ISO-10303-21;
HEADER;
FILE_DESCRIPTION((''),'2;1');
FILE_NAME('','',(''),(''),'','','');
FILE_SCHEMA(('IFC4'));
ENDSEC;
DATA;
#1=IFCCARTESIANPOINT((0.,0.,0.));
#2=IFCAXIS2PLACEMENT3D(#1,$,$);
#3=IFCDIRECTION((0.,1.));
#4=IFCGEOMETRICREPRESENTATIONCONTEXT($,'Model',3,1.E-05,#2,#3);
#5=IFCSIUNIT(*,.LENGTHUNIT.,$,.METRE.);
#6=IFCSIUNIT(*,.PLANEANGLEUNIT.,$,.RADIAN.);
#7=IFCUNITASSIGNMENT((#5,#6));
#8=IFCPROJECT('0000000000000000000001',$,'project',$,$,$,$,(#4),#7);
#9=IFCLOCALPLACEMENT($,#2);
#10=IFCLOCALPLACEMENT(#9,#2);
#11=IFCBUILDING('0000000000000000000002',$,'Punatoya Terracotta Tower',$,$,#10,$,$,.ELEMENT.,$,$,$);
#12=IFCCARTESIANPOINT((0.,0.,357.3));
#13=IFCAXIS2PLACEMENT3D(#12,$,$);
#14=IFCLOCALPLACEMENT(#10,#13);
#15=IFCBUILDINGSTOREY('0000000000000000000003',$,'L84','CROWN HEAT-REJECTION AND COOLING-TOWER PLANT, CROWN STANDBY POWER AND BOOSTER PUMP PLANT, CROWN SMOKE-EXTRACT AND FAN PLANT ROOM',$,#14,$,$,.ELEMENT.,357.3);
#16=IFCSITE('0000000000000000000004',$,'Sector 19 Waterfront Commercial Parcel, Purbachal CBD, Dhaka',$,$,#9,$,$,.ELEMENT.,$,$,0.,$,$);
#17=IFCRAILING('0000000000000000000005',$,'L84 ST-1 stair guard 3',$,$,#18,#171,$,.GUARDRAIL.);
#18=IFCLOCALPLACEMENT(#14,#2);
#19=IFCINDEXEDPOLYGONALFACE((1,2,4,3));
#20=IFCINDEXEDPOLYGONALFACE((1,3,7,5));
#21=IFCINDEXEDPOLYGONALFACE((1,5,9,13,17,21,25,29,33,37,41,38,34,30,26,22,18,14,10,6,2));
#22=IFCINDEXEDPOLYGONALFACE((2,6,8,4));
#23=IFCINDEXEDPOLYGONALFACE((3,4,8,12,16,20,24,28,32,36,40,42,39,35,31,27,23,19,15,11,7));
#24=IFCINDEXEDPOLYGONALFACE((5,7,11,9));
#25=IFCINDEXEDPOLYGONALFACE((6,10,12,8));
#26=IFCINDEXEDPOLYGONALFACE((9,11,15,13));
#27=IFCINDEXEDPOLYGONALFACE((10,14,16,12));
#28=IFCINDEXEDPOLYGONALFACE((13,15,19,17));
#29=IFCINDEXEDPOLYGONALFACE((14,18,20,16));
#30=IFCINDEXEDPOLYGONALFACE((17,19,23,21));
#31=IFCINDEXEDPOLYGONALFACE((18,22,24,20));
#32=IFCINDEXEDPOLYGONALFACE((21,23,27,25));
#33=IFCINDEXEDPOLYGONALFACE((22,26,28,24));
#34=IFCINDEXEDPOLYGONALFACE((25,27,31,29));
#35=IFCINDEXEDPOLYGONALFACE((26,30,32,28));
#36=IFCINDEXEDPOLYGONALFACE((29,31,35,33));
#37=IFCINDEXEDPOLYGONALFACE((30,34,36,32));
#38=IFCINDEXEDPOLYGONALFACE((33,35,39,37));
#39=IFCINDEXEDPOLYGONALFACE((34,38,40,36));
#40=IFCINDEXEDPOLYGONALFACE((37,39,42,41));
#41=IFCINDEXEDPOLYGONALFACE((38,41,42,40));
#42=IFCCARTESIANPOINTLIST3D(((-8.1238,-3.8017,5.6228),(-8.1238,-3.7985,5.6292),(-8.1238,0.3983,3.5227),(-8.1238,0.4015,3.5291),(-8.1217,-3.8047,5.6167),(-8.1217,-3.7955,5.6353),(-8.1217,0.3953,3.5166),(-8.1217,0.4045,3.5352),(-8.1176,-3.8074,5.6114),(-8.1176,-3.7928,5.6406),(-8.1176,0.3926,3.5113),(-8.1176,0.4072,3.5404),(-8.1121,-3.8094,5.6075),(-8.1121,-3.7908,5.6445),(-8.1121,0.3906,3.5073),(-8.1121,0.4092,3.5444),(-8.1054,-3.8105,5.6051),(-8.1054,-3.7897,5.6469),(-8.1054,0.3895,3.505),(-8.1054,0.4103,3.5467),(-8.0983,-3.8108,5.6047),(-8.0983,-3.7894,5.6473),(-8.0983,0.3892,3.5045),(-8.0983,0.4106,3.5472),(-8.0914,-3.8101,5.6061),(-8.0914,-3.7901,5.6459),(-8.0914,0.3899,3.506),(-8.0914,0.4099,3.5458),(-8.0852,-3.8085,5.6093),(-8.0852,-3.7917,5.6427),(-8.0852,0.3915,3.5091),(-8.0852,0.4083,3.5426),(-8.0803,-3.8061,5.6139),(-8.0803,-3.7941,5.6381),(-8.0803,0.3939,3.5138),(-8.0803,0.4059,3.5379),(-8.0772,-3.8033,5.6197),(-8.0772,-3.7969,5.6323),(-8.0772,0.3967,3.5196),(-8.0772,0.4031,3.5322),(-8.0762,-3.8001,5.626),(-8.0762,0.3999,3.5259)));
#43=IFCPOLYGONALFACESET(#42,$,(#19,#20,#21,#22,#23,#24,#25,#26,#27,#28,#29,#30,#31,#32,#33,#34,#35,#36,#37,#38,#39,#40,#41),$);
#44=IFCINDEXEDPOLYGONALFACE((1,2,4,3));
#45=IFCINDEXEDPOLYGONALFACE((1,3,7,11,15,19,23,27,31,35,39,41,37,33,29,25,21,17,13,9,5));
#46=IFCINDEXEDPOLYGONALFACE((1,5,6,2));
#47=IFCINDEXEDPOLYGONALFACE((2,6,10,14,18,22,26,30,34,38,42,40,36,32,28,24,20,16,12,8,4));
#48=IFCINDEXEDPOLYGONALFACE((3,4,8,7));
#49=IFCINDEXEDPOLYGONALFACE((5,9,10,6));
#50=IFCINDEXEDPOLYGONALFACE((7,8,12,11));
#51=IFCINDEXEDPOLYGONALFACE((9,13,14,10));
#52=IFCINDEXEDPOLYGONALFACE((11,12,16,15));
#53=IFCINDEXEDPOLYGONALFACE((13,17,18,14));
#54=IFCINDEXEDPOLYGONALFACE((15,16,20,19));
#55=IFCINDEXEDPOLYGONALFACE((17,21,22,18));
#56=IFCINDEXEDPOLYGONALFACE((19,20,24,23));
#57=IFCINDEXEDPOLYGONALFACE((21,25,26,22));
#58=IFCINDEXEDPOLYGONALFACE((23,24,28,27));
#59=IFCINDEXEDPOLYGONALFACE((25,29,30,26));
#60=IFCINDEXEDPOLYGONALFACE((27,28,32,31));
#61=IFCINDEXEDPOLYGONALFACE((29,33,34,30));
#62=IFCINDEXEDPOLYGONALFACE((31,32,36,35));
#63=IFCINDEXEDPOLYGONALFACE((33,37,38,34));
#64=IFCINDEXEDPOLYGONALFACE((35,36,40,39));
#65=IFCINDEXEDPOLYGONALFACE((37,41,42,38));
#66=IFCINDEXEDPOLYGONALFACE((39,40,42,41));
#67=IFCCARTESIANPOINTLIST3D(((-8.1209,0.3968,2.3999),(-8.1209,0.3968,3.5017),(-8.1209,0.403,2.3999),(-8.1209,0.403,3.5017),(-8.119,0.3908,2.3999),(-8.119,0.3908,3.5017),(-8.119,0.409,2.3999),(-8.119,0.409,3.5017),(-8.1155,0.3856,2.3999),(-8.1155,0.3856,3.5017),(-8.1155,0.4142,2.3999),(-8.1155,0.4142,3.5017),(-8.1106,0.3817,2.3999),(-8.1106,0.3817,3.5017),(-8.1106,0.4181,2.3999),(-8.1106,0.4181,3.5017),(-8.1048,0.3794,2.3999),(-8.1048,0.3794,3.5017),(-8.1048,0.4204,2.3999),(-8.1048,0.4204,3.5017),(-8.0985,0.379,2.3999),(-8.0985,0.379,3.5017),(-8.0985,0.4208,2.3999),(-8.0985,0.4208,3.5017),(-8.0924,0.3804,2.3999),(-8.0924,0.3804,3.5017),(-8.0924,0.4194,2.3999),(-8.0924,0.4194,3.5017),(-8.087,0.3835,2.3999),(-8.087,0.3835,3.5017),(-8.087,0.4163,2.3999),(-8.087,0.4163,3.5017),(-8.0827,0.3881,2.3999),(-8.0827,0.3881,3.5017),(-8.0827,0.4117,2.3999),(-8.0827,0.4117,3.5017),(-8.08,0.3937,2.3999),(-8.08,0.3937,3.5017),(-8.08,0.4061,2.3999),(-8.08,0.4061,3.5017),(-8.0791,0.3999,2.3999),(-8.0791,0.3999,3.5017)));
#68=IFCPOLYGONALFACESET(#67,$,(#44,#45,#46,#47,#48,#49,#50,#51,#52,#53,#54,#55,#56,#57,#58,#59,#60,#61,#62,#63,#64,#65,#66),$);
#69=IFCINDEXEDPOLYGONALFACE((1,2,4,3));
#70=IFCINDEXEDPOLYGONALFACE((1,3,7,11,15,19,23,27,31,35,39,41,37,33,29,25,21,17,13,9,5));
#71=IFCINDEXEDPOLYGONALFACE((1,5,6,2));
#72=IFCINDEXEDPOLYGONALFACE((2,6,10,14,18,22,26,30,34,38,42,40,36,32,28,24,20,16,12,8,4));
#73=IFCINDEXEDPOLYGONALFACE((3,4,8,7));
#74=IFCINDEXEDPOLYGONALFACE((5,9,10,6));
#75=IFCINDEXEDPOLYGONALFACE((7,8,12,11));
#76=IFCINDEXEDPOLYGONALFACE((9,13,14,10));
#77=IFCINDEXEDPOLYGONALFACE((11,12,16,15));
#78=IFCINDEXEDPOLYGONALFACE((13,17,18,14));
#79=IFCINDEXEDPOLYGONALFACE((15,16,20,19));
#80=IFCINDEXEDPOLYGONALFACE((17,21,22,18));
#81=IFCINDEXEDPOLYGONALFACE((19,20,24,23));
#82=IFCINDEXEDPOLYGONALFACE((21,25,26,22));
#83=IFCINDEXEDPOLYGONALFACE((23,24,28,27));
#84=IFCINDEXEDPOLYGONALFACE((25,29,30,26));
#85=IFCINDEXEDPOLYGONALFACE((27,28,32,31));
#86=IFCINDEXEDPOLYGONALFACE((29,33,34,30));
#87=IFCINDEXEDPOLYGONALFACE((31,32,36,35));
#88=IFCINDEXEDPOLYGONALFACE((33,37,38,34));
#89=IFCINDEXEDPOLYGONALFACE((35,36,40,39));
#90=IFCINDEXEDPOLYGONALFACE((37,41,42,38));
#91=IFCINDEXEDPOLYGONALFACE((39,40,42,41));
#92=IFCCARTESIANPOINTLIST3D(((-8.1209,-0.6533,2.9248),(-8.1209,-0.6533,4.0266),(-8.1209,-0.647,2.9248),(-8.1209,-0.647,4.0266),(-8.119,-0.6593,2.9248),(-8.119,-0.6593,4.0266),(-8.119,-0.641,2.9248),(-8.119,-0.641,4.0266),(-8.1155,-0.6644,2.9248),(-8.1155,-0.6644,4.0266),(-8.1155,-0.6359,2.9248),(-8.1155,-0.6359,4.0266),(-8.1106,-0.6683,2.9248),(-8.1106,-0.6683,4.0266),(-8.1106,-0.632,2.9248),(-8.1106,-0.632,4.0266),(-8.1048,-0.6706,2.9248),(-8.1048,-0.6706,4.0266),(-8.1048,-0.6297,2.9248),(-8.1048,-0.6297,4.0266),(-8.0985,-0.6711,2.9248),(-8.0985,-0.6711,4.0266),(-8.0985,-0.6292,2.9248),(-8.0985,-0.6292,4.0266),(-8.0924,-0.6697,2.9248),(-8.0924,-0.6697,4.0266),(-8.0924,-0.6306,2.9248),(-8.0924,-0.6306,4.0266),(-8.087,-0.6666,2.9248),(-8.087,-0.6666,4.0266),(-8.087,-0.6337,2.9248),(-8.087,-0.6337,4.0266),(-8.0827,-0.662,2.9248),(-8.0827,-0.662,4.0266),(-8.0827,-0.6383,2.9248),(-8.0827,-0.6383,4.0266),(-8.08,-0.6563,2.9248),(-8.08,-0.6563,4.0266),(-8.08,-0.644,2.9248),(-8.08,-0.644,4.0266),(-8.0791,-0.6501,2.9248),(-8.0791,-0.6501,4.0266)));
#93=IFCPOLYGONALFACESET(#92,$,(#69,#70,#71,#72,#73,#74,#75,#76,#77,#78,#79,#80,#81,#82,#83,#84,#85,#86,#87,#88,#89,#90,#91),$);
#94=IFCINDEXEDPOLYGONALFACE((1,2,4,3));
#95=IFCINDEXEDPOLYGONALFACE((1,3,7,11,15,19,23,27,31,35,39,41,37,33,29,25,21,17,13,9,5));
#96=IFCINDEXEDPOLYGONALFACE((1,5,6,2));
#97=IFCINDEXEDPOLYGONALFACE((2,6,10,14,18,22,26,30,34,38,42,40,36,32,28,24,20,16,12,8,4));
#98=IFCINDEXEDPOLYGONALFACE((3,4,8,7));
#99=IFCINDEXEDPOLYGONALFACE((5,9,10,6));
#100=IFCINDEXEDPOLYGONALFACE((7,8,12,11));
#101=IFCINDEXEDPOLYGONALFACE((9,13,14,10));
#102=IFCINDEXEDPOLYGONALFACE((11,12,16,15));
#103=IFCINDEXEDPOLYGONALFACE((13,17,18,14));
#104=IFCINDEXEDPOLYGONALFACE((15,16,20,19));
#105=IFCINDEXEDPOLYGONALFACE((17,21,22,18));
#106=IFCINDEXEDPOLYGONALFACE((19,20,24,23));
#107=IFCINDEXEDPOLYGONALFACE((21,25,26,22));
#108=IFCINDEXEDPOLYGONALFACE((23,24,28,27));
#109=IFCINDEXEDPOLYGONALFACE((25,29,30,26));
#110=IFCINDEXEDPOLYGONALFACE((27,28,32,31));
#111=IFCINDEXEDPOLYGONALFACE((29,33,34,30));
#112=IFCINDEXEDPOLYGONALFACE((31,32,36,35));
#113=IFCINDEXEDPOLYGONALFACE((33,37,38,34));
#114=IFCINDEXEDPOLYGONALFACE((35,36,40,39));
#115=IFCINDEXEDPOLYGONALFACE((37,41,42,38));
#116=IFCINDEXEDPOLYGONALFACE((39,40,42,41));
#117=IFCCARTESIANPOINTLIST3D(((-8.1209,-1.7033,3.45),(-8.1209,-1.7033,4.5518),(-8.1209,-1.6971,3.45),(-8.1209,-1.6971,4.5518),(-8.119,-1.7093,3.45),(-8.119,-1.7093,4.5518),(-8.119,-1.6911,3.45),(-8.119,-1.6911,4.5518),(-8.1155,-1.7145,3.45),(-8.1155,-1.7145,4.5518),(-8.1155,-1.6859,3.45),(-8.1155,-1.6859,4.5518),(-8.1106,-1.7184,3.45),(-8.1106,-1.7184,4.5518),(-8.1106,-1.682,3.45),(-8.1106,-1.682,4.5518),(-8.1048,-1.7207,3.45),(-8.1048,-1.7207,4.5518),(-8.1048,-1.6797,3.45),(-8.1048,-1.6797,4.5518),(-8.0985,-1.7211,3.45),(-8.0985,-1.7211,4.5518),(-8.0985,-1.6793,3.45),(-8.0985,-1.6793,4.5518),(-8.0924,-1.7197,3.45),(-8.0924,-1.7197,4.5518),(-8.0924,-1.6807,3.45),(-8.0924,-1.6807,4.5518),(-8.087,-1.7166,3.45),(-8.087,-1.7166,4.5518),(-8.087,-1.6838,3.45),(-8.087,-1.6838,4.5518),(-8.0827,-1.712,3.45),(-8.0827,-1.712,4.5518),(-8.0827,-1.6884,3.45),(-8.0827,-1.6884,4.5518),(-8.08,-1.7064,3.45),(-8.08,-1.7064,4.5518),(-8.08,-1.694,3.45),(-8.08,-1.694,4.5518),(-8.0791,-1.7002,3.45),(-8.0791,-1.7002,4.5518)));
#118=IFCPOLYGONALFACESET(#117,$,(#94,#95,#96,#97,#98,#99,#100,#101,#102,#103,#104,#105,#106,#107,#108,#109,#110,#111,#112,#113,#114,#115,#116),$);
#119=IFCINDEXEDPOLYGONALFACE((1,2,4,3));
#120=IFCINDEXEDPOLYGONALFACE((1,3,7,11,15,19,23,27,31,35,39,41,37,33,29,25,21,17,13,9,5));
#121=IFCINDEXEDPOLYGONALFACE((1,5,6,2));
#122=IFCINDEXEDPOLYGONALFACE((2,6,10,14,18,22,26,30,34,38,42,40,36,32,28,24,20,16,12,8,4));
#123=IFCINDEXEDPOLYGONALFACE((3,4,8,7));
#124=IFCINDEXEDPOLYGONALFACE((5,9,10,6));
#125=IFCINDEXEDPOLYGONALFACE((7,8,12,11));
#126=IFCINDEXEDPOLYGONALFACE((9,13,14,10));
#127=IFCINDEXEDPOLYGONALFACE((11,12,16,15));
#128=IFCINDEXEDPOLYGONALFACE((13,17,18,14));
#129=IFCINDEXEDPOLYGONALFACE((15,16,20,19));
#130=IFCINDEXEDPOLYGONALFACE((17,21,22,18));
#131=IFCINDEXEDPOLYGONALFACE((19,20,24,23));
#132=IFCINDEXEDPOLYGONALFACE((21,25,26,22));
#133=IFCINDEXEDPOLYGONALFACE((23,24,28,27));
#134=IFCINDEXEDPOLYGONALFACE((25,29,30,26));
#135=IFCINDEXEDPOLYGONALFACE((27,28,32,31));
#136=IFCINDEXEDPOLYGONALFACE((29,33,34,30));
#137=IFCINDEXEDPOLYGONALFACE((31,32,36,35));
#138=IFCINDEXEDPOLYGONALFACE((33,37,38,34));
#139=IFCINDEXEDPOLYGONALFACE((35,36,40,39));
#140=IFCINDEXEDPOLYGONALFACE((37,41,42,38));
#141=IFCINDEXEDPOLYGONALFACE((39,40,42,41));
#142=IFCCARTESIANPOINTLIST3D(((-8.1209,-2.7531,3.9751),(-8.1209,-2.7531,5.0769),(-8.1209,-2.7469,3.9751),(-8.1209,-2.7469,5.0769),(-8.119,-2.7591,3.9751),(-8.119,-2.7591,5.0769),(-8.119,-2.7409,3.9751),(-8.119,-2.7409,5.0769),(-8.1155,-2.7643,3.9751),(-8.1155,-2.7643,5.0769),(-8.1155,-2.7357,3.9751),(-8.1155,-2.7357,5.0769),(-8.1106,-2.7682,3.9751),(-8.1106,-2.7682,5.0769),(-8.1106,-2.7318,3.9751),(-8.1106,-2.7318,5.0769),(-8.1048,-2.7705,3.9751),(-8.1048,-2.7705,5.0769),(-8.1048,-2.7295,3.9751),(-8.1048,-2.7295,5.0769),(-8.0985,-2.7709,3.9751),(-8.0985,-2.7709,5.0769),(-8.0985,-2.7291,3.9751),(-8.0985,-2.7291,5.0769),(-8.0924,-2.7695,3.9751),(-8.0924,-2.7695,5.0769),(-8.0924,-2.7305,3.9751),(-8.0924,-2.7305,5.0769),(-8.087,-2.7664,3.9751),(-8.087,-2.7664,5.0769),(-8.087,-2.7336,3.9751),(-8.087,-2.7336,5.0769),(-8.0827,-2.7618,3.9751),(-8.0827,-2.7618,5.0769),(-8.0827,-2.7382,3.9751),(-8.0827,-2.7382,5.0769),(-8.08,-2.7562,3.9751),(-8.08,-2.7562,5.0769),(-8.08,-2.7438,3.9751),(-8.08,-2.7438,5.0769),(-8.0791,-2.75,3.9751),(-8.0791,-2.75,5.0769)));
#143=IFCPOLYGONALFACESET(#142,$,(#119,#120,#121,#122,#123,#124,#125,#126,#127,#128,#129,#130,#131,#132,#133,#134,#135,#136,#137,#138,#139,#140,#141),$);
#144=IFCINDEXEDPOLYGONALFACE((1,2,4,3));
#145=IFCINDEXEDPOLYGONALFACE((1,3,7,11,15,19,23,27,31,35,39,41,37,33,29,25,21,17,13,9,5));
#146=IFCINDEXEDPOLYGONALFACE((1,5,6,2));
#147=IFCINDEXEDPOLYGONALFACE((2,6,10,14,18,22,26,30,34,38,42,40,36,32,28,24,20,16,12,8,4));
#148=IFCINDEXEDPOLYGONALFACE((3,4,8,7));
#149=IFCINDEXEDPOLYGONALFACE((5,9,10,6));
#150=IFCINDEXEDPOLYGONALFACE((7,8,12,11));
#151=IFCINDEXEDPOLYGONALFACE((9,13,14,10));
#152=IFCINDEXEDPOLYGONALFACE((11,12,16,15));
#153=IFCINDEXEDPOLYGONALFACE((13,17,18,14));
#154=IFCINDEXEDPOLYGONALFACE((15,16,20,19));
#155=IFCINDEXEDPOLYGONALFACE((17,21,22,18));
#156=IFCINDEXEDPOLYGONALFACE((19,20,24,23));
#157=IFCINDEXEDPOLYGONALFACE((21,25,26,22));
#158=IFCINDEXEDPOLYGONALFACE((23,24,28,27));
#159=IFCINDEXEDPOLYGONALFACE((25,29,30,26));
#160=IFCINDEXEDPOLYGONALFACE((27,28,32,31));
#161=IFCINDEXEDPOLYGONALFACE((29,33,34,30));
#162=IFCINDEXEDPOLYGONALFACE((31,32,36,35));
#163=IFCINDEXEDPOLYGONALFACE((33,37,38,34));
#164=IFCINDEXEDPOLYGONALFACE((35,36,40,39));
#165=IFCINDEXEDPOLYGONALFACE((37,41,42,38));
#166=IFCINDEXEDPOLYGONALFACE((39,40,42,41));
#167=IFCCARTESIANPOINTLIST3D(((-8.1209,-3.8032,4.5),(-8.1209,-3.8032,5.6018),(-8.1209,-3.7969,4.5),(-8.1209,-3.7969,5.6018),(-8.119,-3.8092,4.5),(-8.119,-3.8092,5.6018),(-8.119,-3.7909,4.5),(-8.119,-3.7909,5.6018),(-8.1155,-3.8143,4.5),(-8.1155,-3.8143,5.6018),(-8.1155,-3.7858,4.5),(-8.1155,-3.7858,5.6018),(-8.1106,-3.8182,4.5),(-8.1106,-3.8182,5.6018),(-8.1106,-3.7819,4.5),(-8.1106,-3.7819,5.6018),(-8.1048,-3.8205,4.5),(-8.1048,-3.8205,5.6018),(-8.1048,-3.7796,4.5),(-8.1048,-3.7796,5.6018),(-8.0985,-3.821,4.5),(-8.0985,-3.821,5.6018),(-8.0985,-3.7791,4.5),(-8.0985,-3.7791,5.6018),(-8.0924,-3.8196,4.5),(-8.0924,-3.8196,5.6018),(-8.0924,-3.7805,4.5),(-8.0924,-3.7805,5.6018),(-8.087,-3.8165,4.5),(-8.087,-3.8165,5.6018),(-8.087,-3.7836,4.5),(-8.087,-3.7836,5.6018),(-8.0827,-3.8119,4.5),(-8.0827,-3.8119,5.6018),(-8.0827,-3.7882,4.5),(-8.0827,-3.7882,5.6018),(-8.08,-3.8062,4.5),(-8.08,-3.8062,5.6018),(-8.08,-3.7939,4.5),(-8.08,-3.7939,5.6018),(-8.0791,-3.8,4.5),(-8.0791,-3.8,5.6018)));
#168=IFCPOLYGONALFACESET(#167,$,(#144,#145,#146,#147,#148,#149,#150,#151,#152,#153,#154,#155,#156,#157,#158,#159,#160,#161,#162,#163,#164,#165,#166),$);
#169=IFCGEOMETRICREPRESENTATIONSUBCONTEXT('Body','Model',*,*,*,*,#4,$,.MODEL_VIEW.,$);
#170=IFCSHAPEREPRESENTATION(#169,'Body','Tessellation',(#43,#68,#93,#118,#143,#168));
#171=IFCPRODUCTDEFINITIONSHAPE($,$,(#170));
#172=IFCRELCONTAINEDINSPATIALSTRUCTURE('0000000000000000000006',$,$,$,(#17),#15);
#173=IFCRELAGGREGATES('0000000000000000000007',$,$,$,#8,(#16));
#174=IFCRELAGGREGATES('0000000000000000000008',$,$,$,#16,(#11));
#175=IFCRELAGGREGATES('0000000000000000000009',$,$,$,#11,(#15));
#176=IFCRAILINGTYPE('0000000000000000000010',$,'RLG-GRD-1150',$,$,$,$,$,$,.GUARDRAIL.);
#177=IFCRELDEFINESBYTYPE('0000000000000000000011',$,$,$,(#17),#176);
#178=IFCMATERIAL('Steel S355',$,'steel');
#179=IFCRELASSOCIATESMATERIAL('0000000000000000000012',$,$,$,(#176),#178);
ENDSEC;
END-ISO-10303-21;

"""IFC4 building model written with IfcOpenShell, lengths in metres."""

from ifc_helpers import new_model, si_unit, direction, frame, origin, origin_2d, place, context, subcontext, project, spatial, circle, extrude, material, type_object, element, save


model = new_model("IFC4")

# Units and contexts
model_context = context("Model", 3, precision=1e-05, world=origin(), true_north=direction((0.0, 1.0)))
body_context = subcontext(model_context, "Body", "Model", "MODEL_VIEW")
ifc_project = project(units=[si_unit("LENGTHUNIT", "METRE"), si_unit("PLANEANGLEUNIT", "RADIAN")], contexts=[model_context])

# Site, building, storey
site_placement = place(None, origin())
site = spatial("IfcSite", under=ifc_project, at=site_placement, Name="Sector 19 Waterfront Commercial Parcel, Purbachal CBD, Dhaka", CompositionType="ELEMENT", RefElevation=0.0)
building_placement = place(site_placement, origin())
building = spatial("IfcBuilding", under=site, at=building_placement, Name="Punatoya Terracotta Tower", CompositionType="ELEMENT")
storey_placement = place(building_placement, frame((0.0, 0.0, 357.3)))
storey = spatial("IfcBuildingStorey", under=building, at=storey_placement, Name="L84", Description="CROWN HEAT-REJECTION AND COOLING-TOWER PLANT, CROWN STANDBY POWER AND BOOSTER PUMP PLANT, CROWN SMOKE-EXTRACT AND FAN PLANT ROOM", CompositionType="ELEMENT", Elevation=357.3)

# Shared definitions
ifc_material_1 = material(Name="Steel S355", Category="steel")

# Railing
railing_type_1 = type_object("IfcRailingType", Name="RLG-GRD-1150", PredefinedType="GUARDRAIL", material=ifc_material_1)
railing_1_placement = place(storey_placement, frame((-8.1001, 0.3999, 2.3999)))
element("IfcRailing", 1, at=railing_1_placement, inside=storey, type_object=railing_type_1, Name="L84 ST-1 stair guard 3", PredefinedType="GUARDRAIL", context=body_context, shape_type="SweptSolid", body=[
    extrude(circle(Radius=0.0239, at=origin_2d()), frame((0.0, 0.0, 1.126), z_axis=(0.0, -0.894417, 0.447234), x_axis=(1.0, 0.0, 0.0)), (0.0, 0.0, 1.0), 4.6958),
    extrude(circle(Radius=0.021, at=origin_2d()), origin(), (0.0, 0.0, 1.0), 1.1018),
    extrude(circle(Radius=0.021, at=origin_2d()), frame((0.0, -1.05, 0.5249)), (0.0, 0.0, 1.0), 1.1018),
    extrude(circle(Radius=0.021, at=origin_2d()), frame((0.0, -2.1001, 1.05)), (0.0, 0.0, 1.0), 1.1018),
    extrude(circle(Radius=0.021, at=origin_2d()), frame((0.0, -3.1499, 1.5752)), (0.0, 0.0, 1.0), 1.1018),
    extrude(circle(Radius=0.021, at=origin_2d()), frame((0.0, -4.2, 2.1001)), (0.0, 0.0, 1.0), 1.1018),
])

save(model, "model.ifc")
